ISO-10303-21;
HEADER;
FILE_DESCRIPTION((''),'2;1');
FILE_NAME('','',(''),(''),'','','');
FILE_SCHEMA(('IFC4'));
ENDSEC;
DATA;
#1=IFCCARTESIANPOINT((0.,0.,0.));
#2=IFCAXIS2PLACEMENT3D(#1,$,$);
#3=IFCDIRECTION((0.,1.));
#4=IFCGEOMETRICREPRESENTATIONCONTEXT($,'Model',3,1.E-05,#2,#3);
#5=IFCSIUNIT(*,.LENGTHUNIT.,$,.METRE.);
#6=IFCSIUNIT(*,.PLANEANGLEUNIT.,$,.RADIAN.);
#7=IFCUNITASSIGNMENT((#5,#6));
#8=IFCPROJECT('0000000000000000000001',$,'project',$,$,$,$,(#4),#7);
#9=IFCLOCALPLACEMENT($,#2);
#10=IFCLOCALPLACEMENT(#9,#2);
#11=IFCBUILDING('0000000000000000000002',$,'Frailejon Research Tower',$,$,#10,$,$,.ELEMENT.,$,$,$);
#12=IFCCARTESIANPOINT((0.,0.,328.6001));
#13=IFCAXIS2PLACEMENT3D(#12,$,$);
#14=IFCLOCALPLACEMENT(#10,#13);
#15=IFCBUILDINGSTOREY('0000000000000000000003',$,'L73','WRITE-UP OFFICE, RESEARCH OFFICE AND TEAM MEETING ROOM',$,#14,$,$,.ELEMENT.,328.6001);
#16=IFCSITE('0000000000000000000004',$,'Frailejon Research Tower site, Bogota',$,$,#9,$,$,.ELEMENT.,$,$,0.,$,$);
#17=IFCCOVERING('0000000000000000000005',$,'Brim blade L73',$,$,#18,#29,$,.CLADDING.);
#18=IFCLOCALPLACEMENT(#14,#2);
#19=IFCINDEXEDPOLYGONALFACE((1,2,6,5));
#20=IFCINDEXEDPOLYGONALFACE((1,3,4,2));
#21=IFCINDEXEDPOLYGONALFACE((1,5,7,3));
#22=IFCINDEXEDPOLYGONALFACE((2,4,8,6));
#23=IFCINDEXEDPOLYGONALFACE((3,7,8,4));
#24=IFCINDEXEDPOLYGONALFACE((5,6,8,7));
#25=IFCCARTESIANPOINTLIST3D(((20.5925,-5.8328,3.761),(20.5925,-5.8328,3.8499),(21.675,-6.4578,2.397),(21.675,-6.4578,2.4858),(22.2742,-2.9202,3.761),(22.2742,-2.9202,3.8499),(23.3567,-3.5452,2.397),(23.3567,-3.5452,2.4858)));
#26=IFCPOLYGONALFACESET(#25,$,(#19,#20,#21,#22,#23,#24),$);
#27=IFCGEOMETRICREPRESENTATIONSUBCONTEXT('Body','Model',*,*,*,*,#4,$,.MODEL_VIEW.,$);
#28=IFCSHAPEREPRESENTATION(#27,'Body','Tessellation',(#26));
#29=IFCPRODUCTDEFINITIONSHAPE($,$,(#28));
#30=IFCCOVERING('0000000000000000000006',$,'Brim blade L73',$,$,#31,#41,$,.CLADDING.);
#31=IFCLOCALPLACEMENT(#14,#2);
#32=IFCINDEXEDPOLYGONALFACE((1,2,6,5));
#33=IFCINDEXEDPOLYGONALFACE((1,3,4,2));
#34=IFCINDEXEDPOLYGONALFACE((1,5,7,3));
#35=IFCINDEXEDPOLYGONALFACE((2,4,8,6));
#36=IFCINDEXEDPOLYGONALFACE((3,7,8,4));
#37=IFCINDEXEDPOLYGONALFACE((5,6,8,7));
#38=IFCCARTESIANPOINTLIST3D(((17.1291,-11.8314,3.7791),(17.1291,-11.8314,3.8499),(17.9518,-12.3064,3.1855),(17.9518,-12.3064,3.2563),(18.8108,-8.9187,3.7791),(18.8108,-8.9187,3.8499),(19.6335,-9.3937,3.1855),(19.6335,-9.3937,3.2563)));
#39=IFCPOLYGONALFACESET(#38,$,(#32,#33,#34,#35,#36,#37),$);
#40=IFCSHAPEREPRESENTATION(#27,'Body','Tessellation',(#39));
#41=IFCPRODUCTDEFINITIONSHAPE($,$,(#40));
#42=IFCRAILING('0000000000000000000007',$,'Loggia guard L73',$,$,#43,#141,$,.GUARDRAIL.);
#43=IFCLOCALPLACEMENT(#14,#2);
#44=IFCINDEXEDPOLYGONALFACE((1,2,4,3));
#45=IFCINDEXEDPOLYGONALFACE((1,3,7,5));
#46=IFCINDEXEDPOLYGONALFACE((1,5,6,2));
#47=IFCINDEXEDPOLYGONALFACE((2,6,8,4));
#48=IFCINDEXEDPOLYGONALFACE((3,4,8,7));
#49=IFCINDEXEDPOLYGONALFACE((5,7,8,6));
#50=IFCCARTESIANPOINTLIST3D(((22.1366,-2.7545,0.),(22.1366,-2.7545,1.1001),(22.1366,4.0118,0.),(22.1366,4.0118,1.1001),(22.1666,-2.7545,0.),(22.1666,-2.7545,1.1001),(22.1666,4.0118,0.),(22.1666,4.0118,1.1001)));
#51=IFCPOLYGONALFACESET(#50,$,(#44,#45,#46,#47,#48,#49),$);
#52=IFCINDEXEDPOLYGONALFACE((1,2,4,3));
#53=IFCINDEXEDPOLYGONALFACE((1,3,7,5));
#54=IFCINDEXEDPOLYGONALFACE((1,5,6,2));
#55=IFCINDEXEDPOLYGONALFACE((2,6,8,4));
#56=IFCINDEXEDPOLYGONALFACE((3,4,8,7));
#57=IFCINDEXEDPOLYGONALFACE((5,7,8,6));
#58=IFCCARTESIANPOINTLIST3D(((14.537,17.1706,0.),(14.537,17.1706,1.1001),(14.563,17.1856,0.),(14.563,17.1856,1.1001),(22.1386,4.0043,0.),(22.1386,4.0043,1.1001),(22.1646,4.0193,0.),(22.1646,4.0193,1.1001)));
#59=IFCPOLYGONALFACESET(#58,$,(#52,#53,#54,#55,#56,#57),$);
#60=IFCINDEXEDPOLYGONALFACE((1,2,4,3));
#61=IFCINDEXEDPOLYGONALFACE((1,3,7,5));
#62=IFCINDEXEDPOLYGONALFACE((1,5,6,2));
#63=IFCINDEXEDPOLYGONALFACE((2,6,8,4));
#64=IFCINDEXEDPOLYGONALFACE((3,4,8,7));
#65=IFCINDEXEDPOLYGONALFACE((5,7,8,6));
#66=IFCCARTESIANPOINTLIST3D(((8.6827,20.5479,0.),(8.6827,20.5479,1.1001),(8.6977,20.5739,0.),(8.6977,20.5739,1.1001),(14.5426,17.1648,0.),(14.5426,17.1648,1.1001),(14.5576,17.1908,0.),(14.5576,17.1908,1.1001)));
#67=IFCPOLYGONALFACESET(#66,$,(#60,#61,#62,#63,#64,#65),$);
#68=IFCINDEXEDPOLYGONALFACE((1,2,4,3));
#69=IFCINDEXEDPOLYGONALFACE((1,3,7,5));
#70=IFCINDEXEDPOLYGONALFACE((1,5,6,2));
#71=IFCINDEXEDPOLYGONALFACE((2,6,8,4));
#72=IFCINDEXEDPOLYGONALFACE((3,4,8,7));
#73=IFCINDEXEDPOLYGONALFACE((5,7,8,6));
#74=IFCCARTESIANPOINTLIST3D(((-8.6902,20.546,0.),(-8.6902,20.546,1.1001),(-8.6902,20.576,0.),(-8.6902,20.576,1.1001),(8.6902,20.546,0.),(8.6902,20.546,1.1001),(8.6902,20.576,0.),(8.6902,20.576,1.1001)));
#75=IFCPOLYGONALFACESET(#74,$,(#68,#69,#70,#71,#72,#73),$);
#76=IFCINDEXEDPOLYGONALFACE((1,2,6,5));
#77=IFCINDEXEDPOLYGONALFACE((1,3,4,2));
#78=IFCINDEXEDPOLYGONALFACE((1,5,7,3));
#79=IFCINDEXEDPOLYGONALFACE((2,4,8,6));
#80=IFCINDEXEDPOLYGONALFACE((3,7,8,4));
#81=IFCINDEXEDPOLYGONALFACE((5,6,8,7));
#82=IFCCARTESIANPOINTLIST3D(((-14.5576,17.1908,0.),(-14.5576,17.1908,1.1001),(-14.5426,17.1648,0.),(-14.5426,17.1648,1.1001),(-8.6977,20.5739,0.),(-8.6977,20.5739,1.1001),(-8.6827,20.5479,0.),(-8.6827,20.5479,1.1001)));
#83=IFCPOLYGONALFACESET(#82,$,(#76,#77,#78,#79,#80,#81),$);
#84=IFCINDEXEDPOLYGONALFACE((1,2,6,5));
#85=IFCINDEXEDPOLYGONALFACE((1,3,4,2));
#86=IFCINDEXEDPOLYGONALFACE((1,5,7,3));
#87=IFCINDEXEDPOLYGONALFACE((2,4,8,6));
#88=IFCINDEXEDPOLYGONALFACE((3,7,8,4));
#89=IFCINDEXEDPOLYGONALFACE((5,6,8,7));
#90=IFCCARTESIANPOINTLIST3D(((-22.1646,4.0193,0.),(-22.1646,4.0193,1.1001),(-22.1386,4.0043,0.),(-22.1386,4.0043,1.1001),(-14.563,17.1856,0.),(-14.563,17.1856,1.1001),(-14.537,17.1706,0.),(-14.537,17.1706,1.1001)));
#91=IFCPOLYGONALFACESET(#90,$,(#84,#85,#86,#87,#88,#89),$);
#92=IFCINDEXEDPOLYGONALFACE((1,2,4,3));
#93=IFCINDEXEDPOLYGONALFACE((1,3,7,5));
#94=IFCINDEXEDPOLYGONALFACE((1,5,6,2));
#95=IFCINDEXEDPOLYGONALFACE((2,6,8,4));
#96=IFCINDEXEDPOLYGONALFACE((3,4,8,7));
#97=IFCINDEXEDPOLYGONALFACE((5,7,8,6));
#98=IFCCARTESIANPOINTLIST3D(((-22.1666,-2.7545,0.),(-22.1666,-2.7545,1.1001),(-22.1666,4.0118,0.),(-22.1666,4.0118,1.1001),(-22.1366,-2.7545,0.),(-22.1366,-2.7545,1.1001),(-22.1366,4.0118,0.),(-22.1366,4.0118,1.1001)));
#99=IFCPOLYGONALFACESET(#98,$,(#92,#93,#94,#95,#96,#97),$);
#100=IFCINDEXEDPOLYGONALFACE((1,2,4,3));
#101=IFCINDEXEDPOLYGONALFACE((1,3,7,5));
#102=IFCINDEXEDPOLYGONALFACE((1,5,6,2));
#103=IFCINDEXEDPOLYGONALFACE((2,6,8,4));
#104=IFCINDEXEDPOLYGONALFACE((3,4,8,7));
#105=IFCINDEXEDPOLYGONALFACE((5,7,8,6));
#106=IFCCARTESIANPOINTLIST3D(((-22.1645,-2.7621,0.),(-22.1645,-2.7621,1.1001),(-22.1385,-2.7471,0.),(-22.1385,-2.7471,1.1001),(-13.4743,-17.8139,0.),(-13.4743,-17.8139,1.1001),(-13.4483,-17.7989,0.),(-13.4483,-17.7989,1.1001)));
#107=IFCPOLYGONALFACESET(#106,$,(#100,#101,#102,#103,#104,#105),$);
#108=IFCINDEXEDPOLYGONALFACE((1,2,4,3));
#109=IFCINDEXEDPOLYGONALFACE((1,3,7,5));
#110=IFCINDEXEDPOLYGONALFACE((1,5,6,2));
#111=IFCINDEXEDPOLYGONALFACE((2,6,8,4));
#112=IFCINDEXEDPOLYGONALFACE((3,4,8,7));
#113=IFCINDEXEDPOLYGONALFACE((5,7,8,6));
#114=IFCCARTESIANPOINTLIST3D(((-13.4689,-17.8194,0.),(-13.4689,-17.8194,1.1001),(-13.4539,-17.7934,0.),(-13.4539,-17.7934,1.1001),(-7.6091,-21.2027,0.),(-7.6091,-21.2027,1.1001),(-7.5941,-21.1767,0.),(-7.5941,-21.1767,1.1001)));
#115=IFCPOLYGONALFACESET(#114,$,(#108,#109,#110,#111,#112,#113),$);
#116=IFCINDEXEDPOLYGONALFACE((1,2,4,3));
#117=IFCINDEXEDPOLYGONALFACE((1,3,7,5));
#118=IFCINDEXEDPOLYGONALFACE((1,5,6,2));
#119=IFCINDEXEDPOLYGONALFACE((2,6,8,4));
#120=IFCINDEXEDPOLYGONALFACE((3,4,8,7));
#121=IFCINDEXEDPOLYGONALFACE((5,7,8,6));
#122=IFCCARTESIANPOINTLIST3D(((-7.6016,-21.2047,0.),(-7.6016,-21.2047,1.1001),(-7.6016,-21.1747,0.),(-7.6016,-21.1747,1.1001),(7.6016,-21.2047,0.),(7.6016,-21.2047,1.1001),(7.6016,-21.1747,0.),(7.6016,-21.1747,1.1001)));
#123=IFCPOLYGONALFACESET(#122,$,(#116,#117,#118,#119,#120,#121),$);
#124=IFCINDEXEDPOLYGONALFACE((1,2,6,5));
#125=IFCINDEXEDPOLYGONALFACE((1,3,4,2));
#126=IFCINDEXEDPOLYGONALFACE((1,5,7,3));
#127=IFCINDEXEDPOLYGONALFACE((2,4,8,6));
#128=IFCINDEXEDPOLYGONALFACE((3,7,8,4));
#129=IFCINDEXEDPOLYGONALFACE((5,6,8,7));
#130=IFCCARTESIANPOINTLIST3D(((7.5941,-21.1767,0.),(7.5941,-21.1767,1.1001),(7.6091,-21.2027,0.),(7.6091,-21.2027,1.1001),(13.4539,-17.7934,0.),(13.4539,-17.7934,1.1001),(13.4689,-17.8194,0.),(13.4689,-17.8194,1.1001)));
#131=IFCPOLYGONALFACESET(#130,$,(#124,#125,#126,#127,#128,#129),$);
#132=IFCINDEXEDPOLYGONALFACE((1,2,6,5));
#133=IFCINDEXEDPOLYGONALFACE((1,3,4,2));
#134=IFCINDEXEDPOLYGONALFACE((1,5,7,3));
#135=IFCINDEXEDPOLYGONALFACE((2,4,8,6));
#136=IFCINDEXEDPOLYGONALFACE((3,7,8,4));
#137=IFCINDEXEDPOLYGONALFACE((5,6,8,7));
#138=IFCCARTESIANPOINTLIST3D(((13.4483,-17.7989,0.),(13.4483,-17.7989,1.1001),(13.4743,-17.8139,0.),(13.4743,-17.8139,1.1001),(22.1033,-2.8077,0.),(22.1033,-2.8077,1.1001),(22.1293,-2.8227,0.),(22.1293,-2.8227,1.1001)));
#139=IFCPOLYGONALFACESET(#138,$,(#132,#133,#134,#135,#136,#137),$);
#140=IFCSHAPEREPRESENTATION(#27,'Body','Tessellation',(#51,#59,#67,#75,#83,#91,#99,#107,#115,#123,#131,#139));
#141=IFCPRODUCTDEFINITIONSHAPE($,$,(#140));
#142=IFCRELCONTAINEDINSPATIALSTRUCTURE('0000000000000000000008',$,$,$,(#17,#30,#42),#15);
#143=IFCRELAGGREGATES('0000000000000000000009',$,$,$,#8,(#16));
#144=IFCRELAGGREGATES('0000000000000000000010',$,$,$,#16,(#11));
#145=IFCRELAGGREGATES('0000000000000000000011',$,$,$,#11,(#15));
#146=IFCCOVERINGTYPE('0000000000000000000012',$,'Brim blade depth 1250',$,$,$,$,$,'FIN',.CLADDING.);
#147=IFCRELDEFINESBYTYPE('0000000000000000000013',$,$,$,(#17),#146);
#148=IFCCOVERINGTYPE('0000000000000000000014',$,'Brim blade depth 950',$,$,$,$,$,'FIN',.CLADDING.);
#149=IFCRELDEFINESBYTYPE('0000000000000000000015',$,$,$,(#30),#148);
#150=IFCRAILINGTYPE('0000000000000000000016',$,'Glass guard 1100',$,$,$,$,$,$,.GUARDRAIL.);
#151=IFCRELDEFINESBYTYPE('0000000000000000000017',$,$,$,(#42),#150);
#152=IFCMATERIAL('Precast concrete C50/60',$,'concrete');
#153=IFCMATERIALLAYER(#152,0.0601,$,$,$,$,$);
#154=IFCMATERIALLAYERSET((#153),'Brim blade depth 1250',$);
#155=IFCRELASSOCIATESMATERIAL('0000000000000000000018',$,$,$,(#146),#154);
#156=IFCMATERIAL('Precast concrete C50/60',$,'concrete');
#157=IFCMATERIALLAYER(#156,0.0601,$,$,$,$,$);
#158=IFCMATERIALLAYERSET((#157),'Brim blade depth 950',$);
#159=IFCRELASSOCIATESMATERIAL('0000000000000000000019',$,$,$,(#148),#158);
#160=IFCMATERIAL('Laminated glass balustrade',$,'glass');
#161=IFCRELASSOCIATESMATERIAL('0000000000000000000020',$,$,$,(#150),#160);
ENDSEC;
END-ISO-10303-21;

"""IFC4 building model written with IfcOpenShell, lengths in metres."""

from ifc_helpers import new_model, si_unit, direction, frame, origin, origin_2d, place, context, subcontext, project, spatial, polyline, rectangle, outline, extrude, material, layer, layer_set, type_object, element, save


model = new_model("IFC4")

# Units and contexts
model_context = context("Model", 3, precision=1e-05, world=origin(), true_north=direction((0.0, 1.0)))
body_context = subcontext(model_context, "Body", "Model", "MODEL_VIEW")
ifc_project = project(units=[si_unit("LENGTHUNIT", "METRE"), si_unit("PLANEANGLEUNIT", "RADIAN")], contexts=[model_context])

# Site, building, storey
site_placement = place(None, origin())
site = spatial("IfcSite", under=ifc_project, at=site_placement, Name="Frailejon Research Tower site, Bogota", CompositionType="ELEMENT", RefElevation=0.0)
building_placement = place(site_placement, origin())
building = spatial("IfcBuilding", under=site, at=building_placement, Name="Frailejon Research Tower", CompositionType="ELEMENT")
storey_placement = place(building_placement, frame((0.0, 0.0, 328.6001)))
storey = spatial("IfcBuildingStorey", under=building, at=storey_placement, Name="L73", Description="WRITE-UP OFFICE, RESEARCH OFFICE AND TEAM MEETING ROOM", CompositionType="ELEMENT", Elevation=328.6001)

# Coverings
ifc_material_1 = material(Name="Precast concrete C50/60", Category="concrete")
ifc_layer_1 = layer(ifc_material_1, 0.0601)
ifc_layer_set_1 = layer_set([ifc_layer_1], Name="Brim blade depth 1250")
covering_type_1 = type_object("IfcCoveringType", Name="Brim blade depth 1250", ElementType="FIN", PredefinedType="CLADDING", material=ifc_layer_set_1)
covering_1_placement = place(storey_placement, frame((22.2742, -2.9202, 3.8499), z_axis=(-0.500012, -0.866019, 0.0), x_axis=(0.866019, -0.500012, 0.0)))
element("IfcCovering", 1, at=covering_1_placement, inside=storey, type_object=covering_type_1, Name="Brim blade L73", PredefinedType="CLADDING", context=body_context, shape_type="SweptSolid", body=[
    extrude(outline(polyline([(0.0, -0.0889), (1.25, -1.4529), (1.25, -1.364), (0.0, 0.0), (0.0, -0.0889)])), origin(), (0.0, 0.0, 1.0), 3.3633),
])
ifc_material_2 = material(Name="Precast concrete C50/60", Category="concrete")
ifc_layer_2 = layer(ifc_material_2, 0.0601)
ifc_layer_set_2 = layer_set([ifc_layer_2], Name="Brim blade depth 950")
covering_type_2 = type_object("IfcCoveringType", Name="Brim blade depth 950", ElementType="FIN", PredefinedType="CLADDING", material=ifc_layer_set_2)
covering_2_placement = place(storey_placement, frame((18.8108, -8.9187, 3.8499), z_axis=(-0.500002, -0.866024, 0.0), x_axis=(0.866024, -0.500002, 0.0)))
element("IfcCovering", 2, at=covering_2_placement, inside=storey, type_object=covering_type_2, Name="Brim blade L73", PredefinedType="CLADDING", context=body_context, shape_type="SweptSolid", body=[
    extrude(outline(polyline([(0.0, -0.0708), (0.95, -0.6643), (0.95, -0.5935), (0.0, 0.0), (0.0, -0.0708)])), origin(), (0.0, 0.0, 1.0), 3.3633),
])

# Railing
ifc_material_3 = material(Name="Laminated glass balustrade", Category="glass")
railing_type = type_object("IfcRailingType", Name="Glass guard 1100", PredefinedType="GUARDRAIL", material=ifc_material_3)
railing_placement = place(storey_placement, frame((22.1516, -2.7546, 0.0)))
element("IfcRailing", 3, at=railing_placement, inside=storey, type_object=railing_type, Name="Loggia guard L73", PredefinedType="GUARDRAIL", context=body_context, shape_type="SweptSolid", body=[
    extrude(rectangle(XDim=6.7664, YDim=0.03, at=origin_2d()), frame((0.0, 3.3833, 0.0), z_axis=(0.0, 0.0, 1.0), x_axis=(0.0, 1.0, 0.0)), (0.0, 0.0, 1.0), 1.1001),
    extrude(rectangle(XDim=15.2031, YDim=0.03, at=origin_2d()), frame((-3.8008, 13.3496, 0.0), z_axis=(0.0, 0.0, 1.0), x_axis=(-0.500001, 0.866025, 0.0)), (0.0, 0.0, 1.0), 1.1001),
    extrude(rectangle(XDim=6.7664, YDim=0.03, at=origin_2d()), frame((-10.5315, 21.624, 0.0), z_axis=(0.0, 0.0, 1.0), x_axis=(-0.866034, 0.499985, 0.0)), (0.0, 0.0, 1.0), 1.1001),
    extrude(rectangle(XDim=17.3804, YDim=0.03, at=origin_2d()), frame((-22.1516, 23.3157, 0.0), z_axis=(0.0, 0.0, 1.0), x_axis=(-1.0, 0.0, 0.0)), (0.0, 0.0, 1.0), 1.1001),
    extrude(rectangle(XDim=6.7664, YDim=0.03, at=origin_2d()), frame((-33.7717, 21.624, 0.0), z_axis=(0.0, 0.0, 1.0), x_axis=(-0.866034, -0.499985, 0.0)), (0.0, 0.0, 1.0), 1.1001),
    extrude(rectangle(XDim=15.2031, YDim=0.03, at=origin_2d()), frame((-40.5024, 13.3496, 0.0), z_axis=(0.0, 0.0, 1.0), x_axis=(-0.500001, -0.866025, 0.0)), (0.0, 0.0, 1.0), 1.1001),
    extrude(rectangle(XDim=6.7664, YDim=0.03, at=origin_2d()), frame((-44.3032, 3.3833, 0.0), z_axis=(0.0, 0.0, 1.0), x_axis=(0.0, -1.0, 0.0)), (0.0, 0.0, 1.0), 1.1001),
    extrude(rectangle(XDim=17.3804, YDim=0.03, at=origin_2d()), frame((-39.958, -7.5259, 0.0), z_axis=(0.0, 0.0, 1.0), x_axis=(0.500002, -0.866024, 0.0)), (0.0, 0.0, 1.0), 1.1001),
    extrude(rectangle(XDim=6.7664, YDim=0.03, at=origin_2d()), frame((-32.6831, -16.7434, 0.0), z_axis=(0.0, 0.0, 1.0), x_axis=(0.866019, -0.500012, 0.0)), (0.0, 0.0, 1.0), 1.1001),
    extrude(rectangle(XDim=15.2031, YDim=0.03, at=origin_2d()), frame((-22.1516, -18.4351, 0.0), z_axis=(0.0, 0.0, 1.0), x_axis=(1.0, 0.0, 0.0)), (0.0, 0.0, 1.0), 1.1001),
    extrude(rectangle(XDim=6.7664, YDim=0.03, at=origin_2d()), frame((-11.6201, -16.7434, 0.0), z_axis=(0.0, 0.0, 1.0), x_axis=(0.866019, 0.500012, 0.0)), (0.0, 0.0, 1.0), 1.1001),
    extrude(rectangle(XDim=17.3103, YDim=0.03, at=origin_2d()), frame((-4.3628, -7.5562, 0.0), z_axis=(0.0, 0.0, 1.0), x_axis=(0.499993, 0.866029, 0.0)), (0.0, 0.0, 1.0), 1.1001),
])

save(model, "model.ifc")
